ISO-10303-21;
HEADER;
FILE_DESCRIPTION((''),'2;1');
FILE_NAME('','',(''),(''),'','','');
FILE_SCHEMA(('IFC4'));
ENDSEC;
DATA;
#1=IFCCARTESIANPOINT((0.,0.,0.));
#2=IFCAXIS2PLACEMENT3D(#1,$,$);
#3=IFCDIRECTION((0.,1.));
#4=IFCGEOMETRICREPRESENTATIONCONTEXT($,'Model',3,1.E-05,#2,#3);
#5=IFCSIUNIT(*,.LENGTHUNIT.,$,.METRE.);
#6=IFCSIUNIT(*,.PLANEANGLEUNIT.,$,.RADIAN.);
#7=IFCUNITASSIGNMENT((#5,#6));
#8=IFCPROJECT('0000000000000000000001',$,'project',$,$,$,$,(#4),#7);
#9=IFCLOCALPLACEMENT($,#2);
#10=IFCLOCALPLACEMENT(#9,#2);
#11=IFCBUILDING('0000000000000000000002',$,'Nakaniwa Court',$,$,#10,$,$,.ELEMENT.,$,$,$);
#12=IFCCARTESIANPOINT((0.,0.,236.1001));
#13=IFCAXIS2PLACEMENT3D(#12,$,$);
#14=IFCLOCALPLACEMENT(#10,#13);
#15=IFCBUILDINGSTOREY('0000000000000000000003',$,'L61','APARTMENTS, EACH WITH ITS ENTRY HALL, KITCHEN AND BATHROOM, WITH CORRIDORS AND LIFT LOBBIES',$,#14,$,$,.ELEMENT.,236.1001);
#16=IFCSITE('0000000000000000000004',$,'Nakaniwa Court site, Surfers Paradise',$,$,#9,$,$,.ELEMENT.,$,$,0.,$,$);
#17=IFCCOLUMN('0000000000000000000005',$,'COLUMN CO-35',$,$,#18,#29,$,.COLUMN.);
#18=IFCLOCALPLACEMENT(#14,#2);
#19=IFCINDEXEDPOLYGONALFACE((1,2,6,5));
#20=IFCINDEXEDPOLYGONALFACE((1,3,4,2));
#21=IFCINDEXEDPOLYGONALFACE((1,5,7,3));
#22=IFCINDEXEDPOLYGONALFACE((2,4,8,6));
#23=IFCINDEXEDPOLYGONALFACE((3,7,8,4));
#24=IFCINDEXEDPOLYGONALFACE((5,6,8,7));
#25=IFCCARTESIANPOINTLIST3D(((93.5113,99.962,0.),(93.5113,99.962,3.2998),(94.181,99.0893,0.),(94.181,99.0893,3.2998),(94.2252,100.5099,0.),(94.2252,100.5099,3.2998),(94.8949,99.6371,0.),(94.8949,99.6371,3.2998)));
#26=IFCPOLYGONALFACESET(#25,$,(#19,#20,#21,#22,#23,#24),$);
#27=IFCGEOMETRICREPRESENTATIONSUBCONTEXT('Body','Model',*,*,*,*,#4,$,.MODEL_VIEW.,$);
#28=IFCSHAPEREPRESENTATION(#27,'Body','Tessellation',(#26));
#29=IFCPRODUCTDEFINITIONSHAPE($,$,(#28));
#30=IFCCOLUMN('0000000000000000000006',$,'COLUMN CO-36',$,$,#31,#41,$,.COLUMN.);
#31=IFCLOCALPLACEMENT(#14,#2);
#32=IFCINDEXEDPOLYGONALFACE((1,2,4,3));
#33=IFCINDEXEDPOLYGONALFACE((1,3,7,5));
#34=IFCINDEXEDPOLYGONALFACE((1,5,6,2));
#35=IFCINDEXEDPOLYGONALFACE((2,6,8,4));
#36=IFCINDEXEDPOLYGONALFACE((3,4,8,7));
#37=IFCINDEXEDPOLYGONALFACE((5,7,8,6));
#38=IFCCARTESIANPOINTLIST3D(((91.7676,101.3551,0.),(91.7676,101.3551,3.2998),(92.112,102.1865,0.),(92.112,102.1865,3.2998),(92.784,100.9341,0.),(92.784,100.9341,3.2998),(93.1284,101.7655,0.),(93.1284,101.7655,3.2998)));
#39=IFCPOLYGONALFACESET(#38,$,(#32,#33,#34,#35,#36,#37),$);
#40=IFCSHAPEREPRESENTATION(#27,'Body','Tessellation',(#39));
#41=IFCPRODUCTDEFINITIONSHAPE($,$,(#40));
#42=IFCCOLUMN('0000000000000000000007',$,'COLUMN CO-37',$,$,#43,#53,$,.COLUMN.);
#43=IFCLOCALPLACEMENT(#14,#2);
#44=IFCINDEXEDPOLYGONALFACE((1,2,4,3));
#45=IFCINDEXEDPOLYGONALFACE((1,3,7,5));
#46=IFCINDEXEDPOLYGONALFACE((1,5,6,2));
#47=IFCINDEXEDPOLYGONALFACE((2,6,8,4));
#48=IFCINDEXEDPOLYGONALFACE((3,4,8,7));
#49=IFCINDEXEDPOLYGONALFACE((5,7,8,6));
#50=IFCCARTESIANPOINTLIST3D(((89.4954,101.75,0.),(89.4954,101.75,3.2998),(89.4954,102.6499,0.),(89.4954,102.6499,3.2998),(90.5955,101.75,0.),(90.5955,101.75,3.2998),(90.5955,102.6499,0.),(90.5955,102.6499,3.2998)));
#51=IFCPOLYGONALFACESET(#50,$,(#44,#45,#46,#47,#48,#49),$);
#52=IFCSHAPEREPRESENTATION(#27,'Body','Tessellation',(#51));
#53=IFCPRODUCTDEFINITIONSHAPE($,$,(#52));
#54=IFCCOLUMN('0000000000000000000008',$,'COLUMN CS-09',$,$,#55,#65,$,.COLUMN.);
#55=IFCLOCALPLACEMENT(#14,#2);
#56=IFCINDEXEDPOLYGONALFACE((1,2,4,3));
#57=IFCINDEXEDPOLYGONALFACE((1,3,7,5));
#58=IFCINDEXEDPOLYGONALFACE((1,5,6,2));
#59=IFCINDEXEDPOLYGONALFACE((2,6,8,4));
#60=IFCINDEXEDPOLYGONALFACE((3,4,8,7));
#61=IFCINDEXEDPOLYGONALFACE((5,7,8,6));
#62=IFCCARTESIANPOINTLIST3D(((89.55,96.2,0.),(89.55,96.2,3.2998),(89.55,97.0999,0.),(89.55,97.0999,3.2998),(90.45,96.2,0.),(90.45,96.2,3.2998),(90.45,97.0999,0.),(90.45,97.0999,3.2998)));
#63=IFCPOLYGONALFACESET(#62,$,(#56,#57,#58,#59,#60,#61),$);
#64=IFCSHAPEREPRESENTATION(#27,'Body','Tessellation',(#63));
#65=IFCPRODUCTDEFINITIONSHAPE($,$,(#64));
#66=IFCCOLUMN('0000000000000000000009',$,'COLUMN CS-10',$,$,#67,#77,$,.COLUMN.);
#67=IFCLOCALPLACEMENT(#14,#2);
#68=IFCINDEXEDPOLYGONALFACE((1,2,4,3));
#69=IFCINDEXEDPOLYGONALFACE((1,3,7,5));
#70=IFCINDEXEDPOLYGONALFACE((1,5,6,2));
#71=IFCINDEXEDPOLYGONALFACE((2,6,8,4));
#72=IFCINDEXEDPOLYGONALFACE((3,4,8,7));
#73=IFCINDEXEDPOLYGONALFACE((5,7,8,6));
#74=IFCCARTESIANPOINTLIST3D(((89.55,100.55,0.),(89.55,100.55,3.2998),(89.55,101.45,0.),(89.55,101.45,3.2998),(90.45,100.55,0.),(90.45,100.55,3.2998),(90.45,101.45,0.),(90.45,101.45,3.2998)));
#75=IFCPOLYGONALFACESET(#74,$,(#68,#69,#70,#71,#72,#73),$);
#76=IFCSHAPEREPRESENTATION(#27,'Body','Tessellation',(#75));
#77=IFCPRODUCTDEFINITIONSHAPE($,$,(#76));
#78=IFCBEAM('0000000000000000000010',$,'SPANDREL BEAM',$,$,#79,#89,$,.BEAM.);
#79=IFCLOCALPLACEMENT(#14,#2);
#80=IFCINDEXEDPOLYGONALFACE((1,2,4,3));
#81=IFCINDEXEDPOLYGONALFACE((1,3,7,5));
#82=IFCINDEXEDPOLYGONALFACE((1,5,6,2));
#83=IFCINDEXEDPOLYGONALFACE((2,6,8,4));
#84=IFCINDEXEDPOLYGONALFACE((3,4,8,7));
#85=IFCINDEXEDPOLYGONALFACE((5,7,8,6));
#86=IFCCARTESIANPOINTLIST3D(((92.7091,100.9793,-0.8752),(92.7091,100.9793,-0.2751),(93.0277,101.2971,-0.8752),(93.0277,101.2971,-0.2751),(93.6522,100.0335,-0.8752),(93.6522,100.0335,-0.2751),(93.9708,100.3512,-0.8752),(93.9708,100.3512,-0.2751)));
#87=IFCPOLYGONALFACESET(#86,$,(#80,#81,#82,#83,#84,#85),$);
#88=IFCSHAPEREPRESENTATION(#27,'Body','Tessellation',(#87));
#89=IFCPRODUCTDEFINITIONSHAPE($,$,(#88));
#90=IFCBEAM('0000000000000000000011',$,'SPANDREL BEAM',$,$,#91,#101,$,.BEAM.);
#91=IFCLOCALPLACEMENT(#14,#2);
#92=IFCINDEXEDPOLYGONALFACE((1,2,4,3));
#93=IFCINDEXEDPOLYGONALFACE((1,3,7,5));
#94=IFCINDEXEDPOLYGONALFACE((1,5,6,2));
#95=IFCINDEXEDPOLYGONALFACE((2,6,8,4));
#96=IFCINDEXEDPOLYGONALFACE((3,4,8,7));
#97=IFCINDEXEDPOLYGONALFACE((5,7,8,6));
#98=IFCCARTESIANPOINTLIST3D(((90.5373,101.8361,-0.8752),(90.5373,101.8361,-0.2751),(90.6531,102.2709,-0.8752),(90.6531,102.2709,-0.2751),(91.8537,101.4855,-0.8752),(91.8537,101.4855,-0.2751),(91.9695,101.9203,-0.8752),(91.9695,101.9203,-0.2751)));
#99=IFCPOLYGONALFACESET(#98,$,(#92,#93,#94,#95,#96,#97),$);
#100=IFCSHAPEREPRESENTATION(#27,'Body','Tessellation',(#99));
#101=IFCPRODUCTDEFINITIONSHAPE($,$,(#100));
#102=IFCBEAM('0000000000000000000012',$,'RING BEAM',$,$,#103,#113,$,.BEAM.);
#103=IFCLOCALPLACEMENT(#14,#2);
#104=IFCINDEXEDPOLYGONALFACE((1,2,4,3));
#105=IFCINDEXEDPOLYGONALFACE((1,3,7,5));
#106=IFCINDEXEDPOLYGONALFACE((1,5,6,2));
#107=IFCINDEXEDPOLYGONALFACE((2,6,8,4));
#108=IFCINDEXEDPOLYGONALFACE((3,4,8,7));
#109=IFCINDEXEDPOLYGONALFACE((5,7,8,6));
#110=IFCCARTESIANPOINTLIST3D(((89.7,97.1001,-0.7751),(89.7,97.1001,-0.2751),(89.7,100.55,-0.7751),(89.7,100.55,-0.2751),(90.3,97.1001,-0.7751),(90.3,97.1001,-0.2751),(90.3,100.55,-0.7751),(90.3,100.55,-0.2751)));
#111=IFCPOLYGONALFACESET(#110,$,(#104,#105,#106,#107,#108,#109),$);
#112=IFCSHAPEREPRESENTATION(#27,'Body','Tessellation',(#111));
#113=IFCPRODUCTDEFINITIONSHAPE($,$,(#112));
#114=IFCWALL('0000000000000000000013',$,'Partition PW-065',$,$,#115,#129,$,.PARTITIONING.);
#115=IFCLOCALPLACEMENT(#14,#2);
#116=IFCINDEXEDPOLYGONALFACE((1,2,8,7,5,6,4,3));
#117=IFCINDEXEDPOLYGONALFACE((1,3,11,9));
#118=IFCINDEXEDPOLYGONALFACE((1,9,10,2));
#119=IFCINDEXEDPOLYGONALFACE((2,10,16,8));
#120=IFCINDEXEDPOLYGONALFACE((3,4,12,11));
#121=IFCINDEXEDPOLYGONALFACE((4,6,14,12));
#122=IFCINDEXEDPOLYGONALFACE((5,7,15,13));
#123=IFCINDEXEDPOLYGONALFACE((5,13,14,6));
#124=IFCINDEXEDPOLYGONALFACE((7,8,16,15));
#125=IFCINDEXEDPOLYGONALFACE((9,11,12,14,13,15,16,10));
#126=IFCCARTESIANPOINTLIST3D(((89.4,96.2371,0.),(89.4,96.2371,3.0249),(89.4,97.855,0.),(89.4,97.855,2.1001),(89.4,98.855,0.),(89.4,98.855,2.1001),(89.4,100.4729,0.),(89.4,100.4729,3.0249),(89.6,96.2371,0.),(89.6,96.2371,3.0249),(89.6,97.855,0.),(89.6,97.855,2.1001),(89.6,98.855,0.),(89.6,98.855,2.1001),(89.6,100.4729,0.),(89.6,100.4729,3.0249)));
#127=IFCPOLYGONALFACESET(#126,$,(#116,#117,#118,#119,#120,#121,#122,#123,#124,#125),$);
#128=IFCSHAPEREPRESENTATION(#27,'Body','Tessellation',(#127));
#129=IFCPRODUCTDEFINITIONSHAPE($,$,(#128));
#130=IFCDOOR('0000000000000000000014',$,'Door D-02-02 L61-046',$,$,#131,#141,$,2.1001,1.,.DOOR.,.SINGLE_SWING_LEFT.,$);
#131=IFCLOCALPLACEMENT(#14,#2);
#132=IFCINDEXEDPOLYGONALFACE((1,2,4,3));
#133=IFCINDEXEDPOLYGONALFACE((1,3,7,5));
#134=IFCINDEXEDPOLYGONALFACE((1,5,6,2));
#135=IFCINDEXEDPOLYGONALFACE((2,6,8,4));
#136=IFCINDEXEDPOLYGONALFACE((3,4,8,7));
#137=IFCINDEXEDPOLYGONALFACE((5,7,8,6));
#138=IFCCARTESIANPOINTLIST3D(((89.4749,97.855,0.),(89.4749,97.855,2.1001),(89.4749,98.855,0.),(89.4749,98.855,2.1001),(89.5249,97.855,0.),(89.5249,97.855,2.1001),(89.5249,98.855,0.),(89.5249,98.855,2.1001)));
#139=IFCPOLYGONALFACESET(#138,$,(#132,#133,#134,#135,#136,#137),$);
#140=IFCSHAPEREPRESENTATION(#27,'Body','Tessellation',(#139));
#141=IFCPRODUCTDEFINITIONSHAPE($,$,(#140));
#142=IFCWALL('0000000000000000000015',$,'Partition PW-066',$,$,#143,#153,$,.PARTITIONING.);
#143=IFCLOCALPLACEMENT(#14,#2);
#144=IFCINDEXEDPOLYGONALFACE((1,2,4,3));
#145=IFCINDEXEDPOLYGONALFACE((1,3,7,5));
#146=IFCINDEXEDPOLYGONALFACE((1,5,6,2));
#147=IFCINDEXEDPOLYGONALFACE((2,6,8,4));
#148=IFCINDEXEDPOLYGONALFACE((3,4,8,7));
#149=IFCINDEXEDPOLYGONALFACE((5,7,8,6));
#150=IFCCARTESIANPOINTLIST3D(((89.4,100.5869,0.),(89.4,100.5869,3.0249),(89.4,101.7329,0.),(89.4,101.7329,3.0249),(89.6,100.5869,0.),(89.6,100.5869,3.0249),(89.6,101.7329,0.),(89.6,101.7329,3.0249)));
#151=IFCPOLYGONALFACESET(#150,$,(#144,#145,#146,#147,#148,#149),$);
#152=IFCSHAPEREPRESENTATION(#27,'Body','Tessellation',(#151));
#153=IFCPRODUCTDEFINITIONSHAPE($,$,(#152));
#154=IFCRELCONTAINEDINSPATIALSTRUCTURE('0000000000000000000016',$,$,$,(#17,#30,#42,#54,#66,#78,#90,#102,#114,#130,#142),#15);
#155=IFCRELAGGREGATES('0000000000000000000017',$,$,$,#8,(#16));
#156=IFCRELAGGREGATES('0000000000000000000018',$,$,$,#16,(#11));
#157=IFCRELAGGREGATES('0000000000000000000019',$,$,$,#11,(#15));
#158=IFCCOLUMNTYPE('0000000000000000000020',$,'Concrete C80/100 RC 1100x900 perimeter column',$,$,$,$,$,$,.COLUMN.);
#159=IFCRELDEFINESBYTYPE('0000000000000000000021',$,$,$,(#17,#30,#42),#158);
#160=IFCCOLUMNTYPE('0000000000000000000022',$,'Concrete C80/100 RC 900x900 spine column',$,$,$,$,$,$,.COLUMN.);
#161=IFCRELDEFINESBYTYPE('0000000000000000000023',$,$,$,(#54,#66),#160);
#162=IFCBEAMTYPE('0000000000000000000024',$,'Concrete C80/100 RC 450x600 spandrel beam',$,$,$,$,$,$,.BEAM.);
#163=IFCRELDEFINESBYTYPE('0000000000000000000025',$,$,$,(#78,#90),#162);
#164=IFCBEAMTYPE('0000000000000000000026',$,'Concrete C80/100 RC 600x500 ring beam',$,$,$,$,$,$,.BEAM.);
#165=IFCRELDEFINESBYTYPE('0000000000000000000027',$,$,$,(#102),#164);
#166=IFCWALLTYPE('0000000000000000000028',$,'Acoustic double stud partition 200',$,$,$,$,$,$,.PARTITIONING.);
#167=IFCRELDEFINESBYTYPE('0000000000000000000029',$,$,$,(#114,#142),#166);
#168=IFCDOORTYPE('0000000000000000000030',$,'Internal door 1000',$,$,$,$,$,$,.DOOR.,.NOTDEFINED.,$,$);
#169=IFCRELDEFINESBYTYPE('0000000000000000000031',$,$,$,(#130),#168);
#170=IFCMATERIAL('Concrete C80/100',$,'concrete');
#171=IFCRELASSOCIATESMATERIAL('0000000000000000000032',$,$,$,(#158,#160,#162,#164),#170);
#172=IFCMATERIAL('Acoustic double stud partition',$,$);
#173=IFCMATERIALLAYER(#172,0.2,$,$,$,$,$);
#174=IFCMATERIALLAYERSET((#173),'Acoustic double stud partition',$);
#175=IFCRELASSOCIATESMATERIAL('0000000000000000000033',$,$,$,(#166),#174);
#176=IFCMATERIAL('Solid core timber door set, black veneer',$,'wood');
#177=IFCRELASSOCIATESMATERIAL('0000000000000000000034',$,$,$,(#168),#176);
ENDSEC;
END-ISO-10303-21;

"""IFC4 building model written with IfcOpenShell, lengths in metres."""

from ifc_helpers import new_model, si_unit, direction, frame, frame_2d, origin, origin_2d, place, context, subcontext, project, spatial, rectangle, extrude, material, layer, layer_set, material_profile, profile_set, type_object, element, fill, save


model = new_model("IFC4")

# Units and contexts
model_context = context("Model", 3, precision=1e-05, world=origin(), true_north=direction((0.0, 1.0)))
body_context = subcontext(model_context, "Body", "Model", "MODEL_VIEW")
ifc_project = project(units=[si_unit("LENGTHUNIT", "METRE"), si_unit("PLANEANGLEUNIT", "RADIAN")], contexts=[model_context])

# Site, building, storey
site_placement = place(None, origin())
site = spatial("IfcSite", under=ifc_project, at=site_placement, Name="Nakaniwa Court site, Surfers Paradise", CompositionType="ELEMENT", RefElevation=0.0)
building_placement = place(site_placement, origin())
building = spatial("IfcBuilding", under=site, at=building_placement, Name="Nakaniwa Court", CompositionType="ELEMENT")
storey_placement = place(building_placement, frame((0.0, 0.0, 236.1001)))
storey = spatial("IfcBuildingStorey", under=building, at=storey_placement, Name="L61", Description="APARTMENTS, EACH WITH ITS ENTRY HALL, KITCHEN AND BATHROOM, WITH CORRIDORS AND LIFT LOBBIES", CompositionType="ELEMENT", Elevation=236.1001)

# Columns
ifc_material_1 = material(Name="Concrete C80/100", Category="concrete")
ifc_material_profile_1 = material_profile(ifc_material_1, rectangle(XDim=1.1001, YDim=0.8999, at=origin_2d()), Name="Concrete C80/100 RC 1100x900 perimeter column")
ifc_profile_set_1 = profile_set([ifc_material_profile_1], Name="Concrete C80/100")
column_type_1 = type_object("IfcColumnType", Name="Concrete C80/100 RC 1100x900 perimeter column", PredefinedType="COLUMN", material=ifc_profile_set_1)
for number, where, z_axis, x_axis, name in (
    (1, (94.2031, 99.7996, 0.0), (0.0, 0.0, 1.0), (-0.608761, 0.793353, 0.0), "COLUMN CO-35"),
    (2, (92.448, 101.5603, 0.0), (0.0, 0.0, 1.0), (-0.92388, 0.382683, 0.0), "COLUMN CO-36"),
    (3, (90.0454, 102.2, 0.0), (0.0, 0.0, 1.0), (-1.0, 0.0, 0.0), "COLUMN CO-37"),
):
    element("IfcColumn", number, at=place(storey_placement, frame(where, z_axis=z_axis, x_axis=x_axis)), inside=storey, type_object=column_type_1, Name=name, PredefinedType="COLUMN", context=body_context, shape_type="SweptSolid", body=[
        extrude(rectangle(XDim=1.1001, YDim=0.8999, at=origin_2d()), origin(), (0.0, 0.0, 1.0), 3.2998),
    ])
ifc_material_profile_2 = material_profile(ifc_material_1, rectangle(XDim=0.8999, YDim=0.8999, at=origin_2d()), Name="Concrete C80/100 RC 900x900 spine column")
ifc_profile_set_2 = profile_set([ifc_material_profile_2], Name="Concrete C80/100")
column_type_2 = type_object("IfcColumnType", Name="Concrete C80/100 RC 900x900 spine column", PredefinedType="COLUMN", material=ifc_profile_set_2)
for number, where, z_axis, x_axis, name in (
    (4, (90.0, 96.6499, 0.0), (0.0, 0.0, 1.0), (0.0, 1.0, 0.0), "COLUMN CS-09"),
    (5, (90.0, 101.0, 0.0), (0.0, 0.0, 1.0), (0.0, 1.0, 0.0), "COLUMN CS-10"),
):
    element("IfcColumn", number, at=place(storey_placement, frame(where, z_axis=z_axis, x_axis=x_axis)), inside=storey, type_object=column_type_2, Name=name, PredefinedType="COLUMN", context=body_context, shape_type="SweptSolid", body=[
        extrude(rectangle(XDim=0.8999, YDim=0.8999, at=origin_2d()), origin(), (0.0, 0.0, 1.0), 3.2998),
    ])

# Beams
ifc_material_profile_3 = material_profile(ifc_material_1, rectangle(XDim=0.45, YDim=0.6001, at=origin_2d()), Name="Concrete C80/100 RC 450x600 spandrel beam")
ifc_profile_set_3 = profile_set([ifc_material_profile_3], Name="Concrete C80/100")
beam_type_1 = type_object("IfcBeamType", Name="Concrete C80/100 RC 450x600 spandrel beam", PredefinedType="BEAM", material=ifc_profile_set_3)
beam_1_placement = place(storey_placement, frame((93.8115, 100.1924, -0.5752), z_axis=(-0.706101, 0.708111, 0.0), x_axis=(-0.708111, -0.706101, 0.0)))
element("IfcBeam", 6, at=beam_1_placement, inside=storey, type_object=beam_type_1, Name="SPANDREL BEAM", PredefinedType="BEAM", context=body_context, shape_type="SweptSolid", body=[
    extrude(rectangle(XDim=0.45, YDim=0.6001, at=origin_2d()), origin(), (0.0, 0.0, 1.0), 1.3357),
])
beam_2_placement = place(storey_placement, frame((91.9116, 101.7029, -0.5752), z_axis=(-0.966318, 0.25735, 0.0), x_axis=(-0.25735, -0.966318, 0.0)))
element("IfcBeam", 7, at=beam_2_placement, inside=storey, type_object=beam_type_1, Name="SPANDREL BEAM", PredefinedType="BEAM", context=body_context, shape_type="SweptSolid", body=[
    extrude(rectangle(XDim=0.45, YDim=0.6001, at=origin_2d()), origin(), (0.0, 0.0, 1.0), 1.3623),
])
ifc_material_profile_4 = material_profile(ifc_material_1, rectangle(XDim=0.6001, YDim=0.5, at=origin_2d()), Name="Concrete C80/100 RC 600x500 ring beam")
ifc_profile_set_4 = profile_set([ifc_material_profile_4], Name="Concrete C80/100")
beam_type_2 = type_object("IfcBeamType", Name="Concrete C80/100 RC 600x500 ring beam", PredefinedType="BEAM", material=ifc_profile_set_4)
beam_3_placement = place(storey_placement, frame((90.0, 97.1001, -0.5251), z_axis=(0.0, 1.0, 0.0), x_axis=(-1.0, 0.0, 0.0)))
element("IfcBeam", 8, at=beam_3_placement, inside=storey, type_object=beam_type_2, Name="RING BEAM", PredefinedType="BEAM", context=body_context, shape_type="SweptSolid", body=[
    extrude(rectangle(XDim=0.6001, YDim=0.5, at=origin_2d()), origin(), (0.0, 0.0, 1.0), 3.45),
])

# Wall, opening, door
ifc_material_2 = material(Name="Acoustic double stud partition")
ifc_layer_1 = layer(ifc_material_2, 0.2)
ifc_layer_set_1 = layer_set([ifc_layer_1], Name="Acoustic double stud partition")
wall_type_1 = type_object("IfcWallType", Name="Acoustic double stud partition 200", PredefinedType="PARTITIONING", material=ifc_layer_set_1)
wall_1_placement = place(storey_placement, frame((89.5, 100.4729, 0.0), z_axis=(0.0, 0.0, 1.0), x_axis=(0.0, -1.0, 0.0)))
wall_1 = element("IfcWall", 9, at=wall_1_placement, inside=storey, type_object=wall_type_1, Name="Partition PW-065", PredefinedType="PARTITIONING", context=body_context, shape_type="SweptSolid", body=[
    extrude(rectangle(XDim=4.2358, YDim=0.2, at=frame_2d((2.1179, 0.0))), origin(), (0.0, 0.0, 1.0), 3.0249),
])
opening_1_placement = place(wall_1_placement, frame((1.6179, 0.0, 0.0)))
opening_1 = element("IfcOpeningElement", 10, at=opening_1_placement, cuts=wall_1, PredefinedType="OPENING", context=body_context, shape_type="SweptSolid", body=[
    extrude(rectangle(XDim=1.0, YDim=2.1001, at=frame_2d((0.5, 1.05))), frame((0.0, 0.1099, 0.0), z_axis=(0.0, -1.0, 0.0), x_axis=(1.0, 0.0, 0.0)), (0.0, 0.0, 1.0), 0.22),
])
ifc_material_3 = material(Name="Solid core timber door set, black veneer", Category="wood")
door_type = type_object("IfcDoorType", Name="Internal door 1000", OperationType="NOTDEFINED", PredefinedType="DOOR", material=ifc_material_3)
door_placement = place(opening_1_placement, origin())
door = element("IfcDoor", 11, at=door_placement, inside=storey, type_object=door_type, Name="Door D-02-02 L61-046", OperationType="SINGLE_SWING_LEFT", OverallHeight=2.1001, OverallWidth=1.0, PredefinedType="DOOR", context=body_context, shape_type="SweptSolid", body=[
    extrude(rectangle(XDim=1.0, YDim=2.1001, at=frame_2d((0.5, 1.05))), frame((0.0, 0.0249, 0.0), z_axis=(0.0, -1.0, 0.0), x_axis=(1.0, 0.0, 0.0)), (0.0, 0.0, 1.0), 0.05),
])
fill(opening_1, door)

# Wall
wall_2_placement = place(storey_placement, frame((89.5, 100.5869, 0.0), z_axis=(0.0, 0.0, 1.0), x_axis=(0.0, 1.0, 0.0)))
element("IfcWall", 12, at=wall_2_placement, inside=storey, type_object=wall_type_1, Name="Partition PW-066", PredefinedType="PARTITIONING", context=body_context, shape_type="SweptSolid", body=[
    extrude(rectangle(XDim=1.146, YDim=0.2, at=frame_2d((0.573, 0.0))), origin(), (0.0, 0.0, 1.0), 3.0249),
])

save(model, "model.ifc")
